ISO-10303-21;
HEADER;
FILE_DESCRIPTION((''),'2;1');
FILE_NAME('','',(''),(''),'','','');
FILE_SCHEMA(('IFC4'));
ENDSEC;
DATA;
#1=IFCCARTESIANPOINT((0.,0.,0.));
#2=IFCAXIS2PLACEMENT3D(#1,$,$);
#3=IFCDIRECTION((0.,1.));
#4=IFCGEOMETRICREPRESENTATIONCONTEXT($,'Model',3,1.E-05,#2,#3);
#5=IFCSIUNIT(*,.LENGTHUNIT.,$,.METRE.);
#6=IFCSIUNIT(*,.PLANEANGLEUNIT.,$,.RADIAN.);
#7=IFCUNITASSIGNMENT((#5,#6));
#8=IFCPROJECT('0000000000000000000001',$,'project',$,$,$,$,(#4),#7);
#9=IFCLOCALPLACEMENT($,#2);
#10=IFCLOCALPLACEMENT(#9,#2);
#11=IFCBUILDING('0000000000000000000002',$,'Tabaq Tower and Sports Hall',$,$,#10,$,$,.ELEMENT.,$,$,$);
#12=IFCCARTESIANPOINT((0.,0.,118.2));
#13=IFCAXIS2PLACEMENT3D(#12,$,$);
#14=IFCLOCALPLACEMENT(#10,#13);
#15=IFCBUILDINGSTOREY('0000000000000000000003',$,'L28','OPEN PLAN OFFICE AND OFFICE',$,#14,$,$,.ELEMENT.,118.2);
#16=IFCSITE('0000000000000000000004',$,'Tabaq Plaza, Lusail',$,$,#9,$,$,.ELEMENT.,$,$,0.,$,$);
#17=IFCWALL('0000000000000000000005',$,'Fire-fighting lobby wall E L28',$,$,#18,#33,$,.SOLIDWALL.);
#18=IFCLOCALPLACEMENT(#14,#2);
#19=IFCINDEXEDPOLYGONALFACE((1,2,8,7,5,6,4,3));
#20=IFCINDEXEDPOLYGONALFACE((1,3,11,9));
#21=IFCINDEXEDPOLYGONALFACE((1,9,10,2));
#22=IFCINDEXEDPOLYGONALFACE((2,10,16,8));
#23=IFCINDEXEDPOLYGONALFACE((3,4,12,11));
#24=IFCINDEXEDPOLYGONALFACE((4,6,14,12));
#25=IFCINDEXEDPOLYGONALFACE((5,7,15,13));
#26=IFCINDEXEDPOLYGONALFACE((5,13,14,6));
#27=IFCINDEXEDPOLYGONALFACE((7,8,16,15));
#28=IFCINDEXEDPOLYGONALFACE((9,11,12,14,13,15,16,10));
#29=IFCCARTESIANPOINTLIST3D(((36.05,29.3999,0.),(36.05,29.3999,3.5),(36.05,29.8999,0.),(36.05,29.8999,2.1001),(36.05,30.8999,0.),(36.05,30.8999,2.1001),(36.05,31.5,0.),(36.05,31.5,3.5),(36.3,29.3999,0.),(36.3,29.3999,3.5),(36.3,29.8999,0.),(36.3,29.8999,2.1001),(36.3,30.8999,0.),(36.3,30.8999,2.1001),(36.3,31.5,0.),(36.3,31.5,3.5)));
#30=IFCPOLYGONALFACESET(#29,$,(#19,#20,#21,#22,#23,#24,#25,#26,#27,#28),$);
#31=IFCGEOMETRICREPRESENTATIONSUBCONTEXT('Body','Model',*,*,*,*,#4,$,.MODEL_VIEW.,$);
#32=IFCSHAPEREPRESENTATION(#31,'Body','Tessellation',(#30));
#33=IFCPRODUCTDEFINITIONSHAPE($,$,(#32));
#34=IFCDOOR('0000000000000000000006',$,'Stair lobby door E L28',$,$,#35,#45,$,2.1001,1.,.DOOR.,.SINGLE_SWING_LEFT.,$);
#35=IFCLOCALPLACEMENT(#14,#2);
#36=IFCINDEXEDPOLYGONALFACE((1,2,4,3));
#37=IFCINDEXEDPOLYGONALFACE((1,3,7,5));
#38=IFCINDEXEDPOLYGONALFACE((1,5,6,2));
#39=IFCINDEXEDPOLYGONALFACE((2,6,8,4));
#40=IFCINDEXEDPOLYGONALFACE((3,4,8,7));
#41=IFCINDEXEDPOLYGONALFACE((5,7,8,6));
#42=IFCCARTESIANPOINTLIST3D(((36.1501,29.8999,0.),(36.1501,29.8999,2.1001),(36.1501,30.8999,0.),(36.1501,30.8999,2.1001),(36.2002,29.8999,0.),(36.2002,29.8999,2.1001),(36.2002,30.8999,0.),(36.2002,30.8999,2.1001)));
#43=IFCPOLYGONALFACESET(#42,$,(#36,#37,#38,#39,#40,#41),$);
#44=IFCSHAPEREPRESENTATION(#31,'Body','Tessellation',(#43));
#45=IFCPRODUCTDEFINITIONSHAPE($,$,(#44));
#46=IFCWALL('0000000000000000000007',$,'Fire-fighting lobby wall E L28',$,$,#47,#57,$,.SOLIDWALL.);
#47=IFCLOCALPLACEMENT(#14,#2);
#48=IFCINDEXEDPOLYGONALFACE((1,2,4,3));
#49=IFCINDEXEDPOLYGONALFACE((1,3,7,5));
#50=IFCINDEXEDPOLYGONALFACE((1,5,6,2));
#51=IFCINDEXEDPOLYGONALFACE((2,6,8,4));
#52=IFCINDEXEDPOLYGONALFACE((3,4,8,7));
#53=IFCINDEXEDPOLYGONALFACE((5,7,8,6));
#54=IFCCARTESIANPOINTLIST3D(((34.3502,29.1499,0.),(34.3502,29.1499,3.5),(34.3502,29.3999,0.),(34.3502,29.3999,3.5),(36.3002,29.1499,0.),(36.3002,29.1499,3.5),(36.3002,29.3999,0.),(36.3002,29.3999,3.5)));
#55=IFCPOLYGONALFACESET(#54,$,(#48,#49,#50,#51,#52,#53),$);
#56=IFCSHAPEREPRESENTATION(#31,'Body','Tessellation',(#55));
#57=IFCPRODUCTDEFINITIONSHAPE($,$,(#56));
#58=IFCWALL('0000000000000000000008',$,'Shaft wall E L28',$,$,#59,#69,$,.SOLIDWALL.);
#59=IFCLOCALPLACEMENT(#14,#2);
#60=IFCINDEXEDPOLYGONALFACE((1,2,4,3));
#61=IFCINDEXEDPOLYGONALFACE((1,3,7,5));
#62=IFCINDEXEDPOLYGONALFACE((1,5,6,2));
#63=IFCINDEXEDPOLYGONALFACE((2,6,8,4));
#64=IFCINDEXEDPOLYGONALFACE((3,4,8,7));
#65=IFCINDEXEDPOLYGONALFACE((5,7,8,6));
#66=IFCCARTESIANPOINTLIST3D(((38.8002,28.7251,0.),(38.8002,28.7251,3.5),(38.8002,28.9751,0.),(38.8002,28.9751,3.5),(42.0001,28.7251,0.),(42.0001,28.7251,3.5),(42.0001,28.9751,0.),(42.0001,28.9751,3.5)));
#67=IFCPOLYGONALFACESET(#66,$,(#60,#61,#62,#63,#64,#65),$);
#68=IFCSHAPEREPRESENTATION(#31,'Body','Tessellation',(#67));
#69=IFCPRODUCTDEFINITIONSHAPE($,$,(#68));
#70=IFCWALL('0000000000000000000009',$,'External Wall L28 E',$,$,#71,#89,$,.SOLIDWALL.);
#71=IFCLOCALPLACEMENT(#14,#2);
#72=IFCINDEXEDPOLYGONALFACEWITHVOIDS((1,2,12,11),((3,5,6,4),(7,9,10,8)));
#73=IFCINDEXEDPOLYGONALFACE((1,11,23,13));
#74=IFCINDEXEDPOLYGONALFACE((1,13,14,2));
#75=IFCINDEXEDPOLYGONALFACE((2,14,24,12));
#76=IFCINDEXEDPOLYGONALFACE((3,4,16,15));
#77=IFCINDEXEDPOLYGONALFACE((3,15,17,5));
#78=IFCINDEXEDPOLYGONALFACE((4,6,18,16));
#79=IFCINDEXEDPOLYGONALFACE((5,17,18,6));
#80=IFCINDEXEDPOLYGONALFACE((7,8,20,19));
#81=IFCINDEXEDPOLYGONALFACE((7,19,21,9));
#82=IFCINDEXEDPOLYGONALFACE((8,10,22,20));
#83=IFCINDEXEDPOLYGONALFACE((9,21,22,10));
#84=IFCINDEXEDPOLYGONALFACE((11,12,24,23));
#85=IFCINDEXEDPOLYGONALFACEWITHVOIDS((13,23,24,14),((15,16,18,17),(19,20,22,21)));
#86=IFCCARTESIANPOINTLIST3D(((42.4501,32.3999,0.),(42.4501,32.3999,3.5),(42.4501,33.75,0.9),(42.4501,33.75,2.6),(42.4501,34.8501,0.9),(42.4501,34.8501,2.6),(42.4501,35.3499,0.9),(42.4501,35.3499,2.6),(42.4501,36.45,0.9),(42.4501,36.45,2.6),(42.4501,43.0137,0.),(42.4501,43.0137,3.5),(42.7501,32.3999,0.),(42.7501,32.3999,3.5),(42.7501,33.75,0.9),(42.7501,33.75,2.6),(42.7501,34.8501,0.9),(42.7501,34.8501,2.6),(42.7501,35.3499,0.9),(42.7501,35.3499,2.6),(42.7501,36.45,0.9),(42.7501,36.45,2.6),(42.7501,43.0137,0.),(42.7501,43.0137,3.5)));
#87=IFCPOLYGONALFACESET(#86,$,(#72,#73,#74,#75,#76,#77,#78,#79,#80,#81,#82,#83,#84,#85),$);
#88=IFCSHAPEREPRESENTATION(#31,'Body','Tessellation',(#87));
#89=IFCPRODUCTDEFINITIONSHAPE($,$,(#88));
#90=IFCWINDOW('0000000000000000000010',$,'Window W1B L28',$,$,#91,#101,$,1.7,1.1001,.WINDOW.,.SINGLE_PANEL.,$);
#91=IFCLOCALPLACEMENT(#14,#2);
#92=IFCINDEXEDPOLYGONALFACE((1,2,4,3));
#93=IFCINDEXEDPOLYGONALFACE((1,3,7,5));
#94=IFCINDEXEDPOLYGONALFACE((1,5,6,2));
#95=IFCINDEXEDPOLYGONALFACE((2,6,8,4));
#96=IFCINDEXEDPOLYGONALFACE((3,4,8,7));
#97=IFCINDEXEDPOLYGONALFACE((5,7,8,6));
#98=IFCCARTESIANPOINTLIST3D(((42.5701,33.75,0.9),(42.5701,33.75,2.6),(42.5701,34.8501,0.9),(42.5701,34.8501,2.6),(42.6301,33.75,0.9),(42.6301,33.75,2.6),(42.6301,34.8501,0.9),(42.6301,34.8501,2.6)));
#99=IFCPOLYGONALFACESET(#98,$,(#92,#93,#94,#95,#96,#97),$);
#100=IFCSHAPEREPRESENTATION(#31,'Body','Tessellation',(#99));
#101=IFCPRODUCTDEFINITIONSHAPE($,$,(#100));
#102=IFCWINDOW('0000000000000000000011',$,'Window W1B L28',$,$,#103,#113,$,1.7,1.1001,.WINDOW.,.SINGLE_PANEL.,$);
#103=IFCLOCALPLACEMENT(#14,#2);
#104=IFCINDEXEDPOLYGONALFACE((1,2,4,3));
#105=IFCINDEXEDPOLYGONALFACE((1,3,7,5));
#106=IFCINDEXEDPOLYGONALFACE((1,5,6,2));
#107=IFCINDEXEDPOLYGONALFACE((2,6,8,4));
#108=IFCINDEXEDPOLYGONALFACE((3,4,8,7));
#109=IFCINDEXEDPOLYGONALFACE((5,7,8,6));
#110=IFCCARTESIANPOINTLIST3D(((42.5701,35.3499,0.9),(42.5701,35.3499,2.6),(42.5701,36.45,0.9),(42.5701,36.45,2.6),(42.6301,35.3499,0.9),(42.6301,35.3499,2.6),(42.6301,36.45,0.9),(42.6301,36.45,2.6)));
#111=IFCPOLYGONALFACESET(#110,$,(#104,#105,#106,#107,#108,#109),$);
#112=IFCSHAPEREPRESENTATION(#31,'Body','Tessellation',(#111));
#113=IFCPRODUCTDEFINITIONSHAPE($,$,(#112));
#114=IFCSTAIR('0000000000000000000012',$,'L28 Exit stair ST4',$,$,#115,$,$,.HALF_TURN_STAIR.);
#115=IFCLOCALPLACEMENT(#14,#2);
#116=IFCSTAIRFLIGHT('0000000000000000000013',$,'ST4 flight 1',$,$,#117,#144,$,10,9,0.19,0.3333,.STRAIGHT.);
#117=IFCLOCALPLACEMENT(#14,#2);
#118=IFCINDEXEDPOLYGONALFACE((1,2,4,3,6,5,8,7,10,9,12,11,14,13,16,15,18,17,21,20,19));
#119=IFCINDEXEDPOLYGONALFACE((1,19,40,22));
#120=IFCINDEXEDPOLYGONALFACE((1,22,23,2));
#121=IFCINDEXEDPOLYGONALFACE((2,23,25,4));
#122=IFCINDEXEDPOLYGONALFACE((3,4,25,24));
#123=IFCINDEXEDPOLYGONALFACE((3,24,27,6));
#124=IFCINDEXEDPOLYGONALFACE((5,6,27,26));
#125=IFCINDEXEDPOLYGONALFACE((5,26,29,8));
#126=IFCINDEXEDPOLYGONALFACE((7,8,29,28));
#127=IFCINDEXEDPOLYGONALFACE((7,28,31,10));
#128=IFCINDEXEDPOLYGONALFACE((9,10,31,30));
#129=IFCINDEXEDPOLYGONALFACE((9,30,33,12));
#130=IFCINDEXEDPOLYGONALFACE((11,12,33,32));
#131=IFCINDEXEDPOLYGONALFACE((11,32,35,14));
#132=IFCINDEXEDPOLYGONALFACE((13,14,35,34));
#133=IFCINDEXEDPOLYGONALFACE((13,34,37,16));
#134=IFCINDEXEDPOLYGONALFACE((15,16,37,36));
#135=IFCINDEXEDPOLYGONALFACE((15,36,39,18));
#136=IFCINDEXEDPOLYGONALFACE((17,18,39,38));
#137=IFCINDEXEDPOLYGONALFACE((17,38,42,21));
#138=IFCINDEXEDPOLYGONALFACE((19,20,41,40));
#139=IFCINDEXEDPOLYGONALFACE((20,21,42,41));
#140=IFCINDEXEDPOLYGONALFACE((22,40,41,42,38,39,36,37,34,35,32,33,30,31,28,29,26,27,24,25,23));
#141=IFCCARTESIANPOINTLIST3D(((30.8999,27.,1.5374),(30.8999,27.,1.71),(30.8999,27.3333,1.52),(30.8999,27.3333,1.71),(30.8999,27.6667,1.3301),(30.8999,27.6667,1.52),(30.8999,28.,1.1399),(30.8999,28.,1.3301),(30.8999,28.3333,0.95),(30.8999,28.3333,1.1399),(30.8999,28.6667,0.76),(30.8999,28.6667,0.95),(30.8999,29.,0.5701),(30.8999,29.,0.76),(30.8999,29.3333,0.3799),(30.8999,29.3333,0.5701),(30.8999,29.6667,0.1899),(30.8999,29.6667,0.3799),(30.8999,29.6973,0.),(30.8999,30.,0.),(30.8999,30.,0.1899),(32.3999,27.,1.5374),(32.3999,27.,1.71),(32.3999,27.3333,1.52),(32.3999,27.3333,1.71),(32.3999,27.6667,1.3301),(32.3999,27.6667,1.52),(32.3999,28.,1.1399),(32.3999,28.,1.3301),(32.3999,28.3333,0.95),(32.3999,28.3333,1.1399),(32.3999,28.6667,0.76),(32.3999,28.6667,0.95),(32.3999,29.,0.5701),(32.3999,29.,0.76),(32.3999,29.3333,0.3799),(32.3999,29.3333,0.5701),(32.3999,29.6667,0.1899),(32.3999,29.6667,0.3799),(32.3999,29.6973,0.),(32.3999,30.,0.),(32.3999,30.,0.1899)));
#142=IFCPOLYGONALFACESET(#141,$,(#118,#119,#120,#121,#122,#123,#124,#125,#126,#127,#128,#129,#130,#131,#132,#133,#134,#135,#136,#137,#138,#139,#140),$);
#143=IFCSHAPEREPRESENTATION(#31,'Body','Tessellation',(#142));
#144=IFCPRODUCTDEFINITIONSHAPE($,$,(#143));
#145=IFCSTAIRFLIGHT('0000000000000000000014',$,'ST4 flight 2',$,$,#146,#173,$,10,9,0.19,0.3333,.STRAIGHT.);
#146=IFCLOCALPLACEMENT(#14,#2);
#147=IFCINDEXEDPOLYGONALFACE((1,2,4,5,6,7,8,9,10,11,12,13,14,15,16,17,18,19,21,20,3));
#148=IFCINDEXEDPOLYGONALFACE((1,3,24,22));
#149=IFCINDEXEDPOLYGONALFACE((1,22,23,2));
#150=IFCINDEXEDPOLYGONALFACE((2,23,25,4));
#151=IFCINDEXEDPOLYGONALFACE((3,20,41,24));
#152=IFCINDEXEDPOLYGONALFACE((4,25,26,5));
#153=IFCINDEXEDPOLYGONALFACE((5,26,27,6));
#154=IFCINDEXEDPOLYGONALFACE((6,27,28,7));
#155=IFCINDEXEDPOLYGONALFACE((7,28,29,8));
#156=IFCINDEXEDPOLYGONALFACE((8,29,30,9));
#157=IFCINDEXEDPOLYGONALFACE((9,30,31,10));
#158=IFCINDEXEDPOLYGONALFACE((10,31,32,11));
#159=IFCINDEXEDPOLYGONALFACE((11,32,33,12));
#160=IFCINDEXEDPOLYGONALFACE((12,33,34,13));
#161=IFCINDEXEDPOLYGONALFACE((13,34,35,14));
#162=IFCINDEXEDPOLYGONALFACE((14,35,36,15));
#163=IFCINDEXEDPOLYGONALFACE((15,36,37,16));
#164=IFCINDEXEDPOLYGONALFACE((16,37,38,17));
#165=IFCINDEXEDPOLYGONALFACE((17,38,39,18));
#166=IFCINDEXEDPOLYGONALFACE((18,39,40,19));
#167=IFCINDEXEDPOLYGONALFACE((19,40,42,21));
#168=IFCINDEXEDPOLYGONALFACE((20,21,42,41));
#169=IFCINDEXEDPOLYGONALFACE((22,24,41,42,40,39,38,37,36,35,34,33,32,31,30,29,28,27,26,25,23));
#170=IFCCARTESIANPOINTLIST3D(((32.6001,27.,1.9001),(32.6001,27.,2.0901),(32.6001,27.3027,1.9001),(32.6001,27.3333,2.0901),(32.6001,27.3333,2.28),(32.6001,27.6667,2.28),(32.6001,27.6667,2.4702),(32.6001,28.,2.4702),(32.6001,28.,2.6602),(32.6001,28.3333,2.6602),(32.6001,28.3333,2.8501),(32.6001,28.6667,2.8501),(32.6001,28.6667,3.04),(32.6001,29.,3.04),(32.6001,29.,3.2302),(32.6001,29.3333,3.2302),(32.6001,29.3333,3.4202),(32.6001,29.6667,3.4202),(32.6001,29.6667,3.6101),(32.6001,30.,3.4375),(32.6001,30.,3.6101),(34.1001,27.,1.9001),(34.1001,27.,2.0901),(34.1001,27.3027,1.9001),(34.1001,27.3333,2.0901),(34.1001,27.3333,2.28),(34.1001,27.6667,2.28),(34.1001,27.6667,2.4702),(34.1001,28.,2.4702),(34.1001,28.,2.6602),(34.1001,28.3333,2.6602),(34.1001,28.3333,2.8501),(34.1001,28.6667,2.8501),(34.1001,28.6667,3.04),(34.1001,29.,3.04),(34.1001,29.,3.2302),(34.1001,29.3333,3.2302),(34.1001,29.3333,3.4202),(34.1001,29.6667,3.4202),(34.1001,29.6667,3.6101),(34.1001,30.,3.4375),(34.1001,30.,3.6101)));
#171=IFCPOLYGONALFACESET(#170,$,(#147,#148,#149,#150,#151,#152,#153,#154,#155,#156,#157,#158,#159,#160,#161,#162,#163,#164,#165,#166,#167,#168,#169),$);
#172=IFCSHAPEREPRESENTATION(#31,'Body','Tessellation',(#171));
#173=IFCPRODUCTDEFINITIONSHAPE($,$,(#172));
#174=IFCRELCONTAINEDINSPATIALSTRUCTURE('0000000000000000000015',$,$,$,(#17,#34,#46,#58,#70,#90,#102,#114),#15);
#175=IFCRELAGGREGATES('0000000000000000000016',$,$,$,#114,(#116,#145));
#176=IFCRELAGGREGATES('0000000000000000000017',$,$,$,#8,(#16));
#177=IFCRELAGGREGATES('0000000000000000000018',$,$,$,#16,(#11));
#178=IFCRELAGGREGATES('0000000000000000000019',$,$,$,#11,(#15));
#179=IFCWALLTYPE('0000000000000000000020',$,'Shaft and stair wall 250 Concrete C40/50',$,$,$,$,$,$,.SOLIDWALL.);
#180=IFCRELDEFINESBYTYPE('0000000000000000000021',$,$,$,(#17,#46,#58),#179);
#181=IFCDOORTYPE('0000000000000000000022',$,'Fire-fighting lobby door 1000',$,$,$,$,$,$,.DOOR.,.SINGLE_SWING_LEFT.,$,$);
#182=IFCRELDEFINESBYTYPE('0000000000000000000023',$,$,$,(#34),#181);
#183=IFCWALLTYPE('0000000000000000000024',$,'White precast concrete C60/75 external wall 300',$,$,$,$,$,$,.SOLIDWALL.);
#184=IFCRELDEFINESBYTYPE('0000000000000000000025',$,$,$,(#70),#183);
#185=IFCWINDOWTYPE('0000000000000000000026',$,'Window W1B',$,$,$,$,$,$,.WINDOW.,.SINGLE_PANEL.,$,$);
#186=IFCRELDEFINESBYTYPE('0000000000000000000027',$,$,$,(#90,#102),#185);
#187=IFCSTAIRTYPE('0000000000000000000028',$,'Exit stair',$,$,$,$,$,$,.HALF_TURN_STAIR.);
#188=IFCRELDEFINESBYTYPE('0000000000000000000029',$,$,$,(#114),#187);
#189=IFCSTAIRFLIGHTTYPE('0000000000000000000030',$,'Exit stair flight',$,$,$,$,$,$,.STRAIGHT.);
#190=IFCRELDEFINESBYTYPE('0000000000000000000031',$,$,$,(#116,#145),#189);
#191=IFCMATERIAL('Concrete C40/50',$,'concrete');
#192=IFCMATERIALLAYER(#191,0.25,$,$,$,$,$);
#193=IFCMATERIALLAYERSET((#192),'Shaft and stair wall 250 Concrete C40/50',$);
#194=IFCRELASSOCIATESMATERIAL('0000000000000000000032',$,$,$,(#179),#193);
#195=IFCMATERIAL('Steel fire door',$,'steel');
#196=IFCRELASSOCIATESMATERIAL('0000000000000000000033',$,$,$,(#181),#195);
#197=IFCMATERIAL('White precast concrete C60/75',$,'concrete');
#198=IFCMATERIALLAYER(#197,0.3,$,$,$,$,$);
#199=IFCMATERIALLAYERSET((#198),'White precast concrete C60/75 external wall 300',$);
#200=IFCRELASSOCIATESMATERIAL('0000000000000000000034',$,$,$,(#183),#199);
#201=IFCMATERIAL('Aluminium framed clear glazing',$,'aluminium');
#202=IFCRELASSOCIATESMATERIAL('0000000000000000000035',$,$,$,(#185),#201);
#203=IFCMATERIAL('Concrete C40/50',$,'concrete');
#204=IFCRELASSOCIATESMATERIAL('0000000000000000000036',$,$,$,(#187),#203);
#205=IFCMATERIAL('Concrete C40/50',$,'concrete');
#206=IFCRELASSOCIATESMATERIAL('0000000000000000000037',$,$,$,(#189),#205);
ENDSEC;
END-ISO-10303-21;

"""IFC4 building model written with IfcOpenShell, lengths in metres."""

from ifc_helpers import new_model, si_unit, direction, frame, frame_2d, origin, place, context, subcontext, project, spatial, polyline, rectangle, outline, extrude, material, layer, layer_set, type_object, element, fill, aggregate, save


model = new_model("IFC4")

# Units and contexts
model_context = context("Model", 3, precision=1e-05, world=origin(), true_north=direction((0.0, 1.0)))
body_context = subcontext(model_context, "Body", "Model", "MODEL_VIEW")
ifc_project = project(units=[si_unit("LENGTHUNIT", "METRE"), si_unit("PLANEANGLEUNIT", "RADIAN")], contexts=[model_context])

# Site, building, storey
site_placement = place(None, origin())
site = spatial("IfcSite", under=ifc_project, at=site_placement, Name="Tabaq Plaza, Lusail", CompositionType="ELEMENT", RefElevation=0.0)
building_placement = place(site_placement, origin())
building = spatial("IfcBuilding", under=site, at=building_placement, Name="Tabaq Tower and Sports Hall", CompositionType="ELEMENT")
storey_placement = place(building_placement, frame((0.0, 0.0, 118.2)))
storey = spatial("IfcBuildingStorey", under=building, at=storey_placement, Name="L28", Description="OPEN PLAN OFFICE AND OFFICE", CompositionType="ELEMENT", Elevation=118.2)

# Shared definitions
ifc_material_1 = material(Name="Concrete C40/50", Category="concrete")
ifc_layer_1 = layer(ifc_material_1, 0.25)
ifc_layer_set_1 = layer_set([ifc_layer_1], Name="Shaft and stair wall 250 Concrete C40/50")
wall_type_1 = type_object("IfcWallType", Name="Shaft and stair wall 250 Concrete C40/50", PredefinedType="SOLIDWALL", material=ifc_layer_set_1)

# Wall, opening, door
wall_1_placement = place(storey_placement, frame((36.175, 29.3999, 0.0), z_axis=(0.0, 0.0, 1.0), x_axis=(0.0, 1.0, 0.0)))
wall_1 = element("IfcWall", 1, at=wall_1_placement, inside=storey, type_object=wall_type_1, Name="Fire-fighting lobby wall E L28", PredefinedType="SOLIDWALL", context=body_context, shape_type="SweptSolid", body=[
    extrude(rectangle(XDim=2.1001, YDim=0.25, at=frame_2d((1.05, 0.0))), origin(), (0.0, 0.0, 1.0), 3.5),
])
opening_1_placement = place(wall_1_placement, frame((0.5, 0.0, 0.0)))
opening_1 = element("IfcOpeningElement", 2, at=opening_1_placement, cuts=wall_1, PredefinedType="OPENING", context=body_context, shape_type="SweptSolid", body=[
    extrude(rectangle(XDim=1.0, YDim=2.1001, at=frame_2d((0.5, 1.05))), frame((0.0, 0.125, 0.0), z_axis=(0.0, -1.0, 0.0), x_axis=(1.0, 0.0, 0.0)), (0.0, 0.0, 1.0), 0.25),
])
ifc_material_2 = material(Name="Steel fire door", Category="steel")
door_type_1 = type_object("IfcDoorType", Name="Fire-fighting lobby door 1000", OperationType="SINGLE_SWING_LEFT", PredefinedType="DOOR", material=ifc_material_2)
door_1_placement = place(opening_1_placement, origin())
door_1 = element("IfcDoor", 3, at=door_1_placement, inside=storey, type_object=door_type_1, Name="Stair lobby door E L28", OperationType="SINGLE_SWING_LEFT", OverallHeight=2.1001, OverallWidth=1.0, PredefinedType="DOOR", context=body_context, shape_type="SweptSolid", body=[
    extrude(rectangle(XDim=1.0, YDim=2.1001, at=frame_2d((0.5, 1.05))), frame((0.0, 0.0249, 0.0), z_axis=(0.0, -1.0, 0.0), x_axis=(1.0, 0.0, 0.0)), (0.0, 0.0, 1.0), 0.05),
])
fill(opening_1, door_1)

# Walls
wall_2_placement = place(storey_placement, frame((34.3501, 29.2749, 0.0), z_axis=(0.0, 0.0, 1.0), x_axis=(1.0, 0.0, 0.0)))
element("IfcWall", 4, at=wall_2_placement, inside=storey, type_object=wall_type_1, Name="Fire-fighting lobby wall E L28", PredefinedType="SOLIDWALL", context=body_context, shape_type="SweptSolid", body=[
    extrude(rectangle(XDim=1.95, YDim=0.25, at=frame_2d((0.9751, 0.0))), origin(), (0.0, 0.0, 1.0), 3.5),
])
wall_3_placement = place(storey_placement, frame((38.8, 28.8501, 0.0), z_axis=(0.0, 0.0, 1.0), x_axis=(1.0, 0.0, 0.0)))
element("IfcWall", 5, at=wall_3_placement, inside=storey, type_object=wall_type_1, Name="Shaft wall E L28", PredefinedType="SOLIDWALL", context=body_context, shape_type="SweptSolid", body=[
    extrude(rectangle(XDim=3.2, YDim=0.25, at=frame_2d((1.6001, 0.0))), origin(), (0.0, 0.0, 1.0), 3.5),
])

# Wall, openings, windows
ifc_material_3 = material(Name="White precast concrete C60/75", Category="concrete")
ifc_layer_2 = layer(ifc_material_3, 0.3)
ifc_layer_set_2 = layer_set([ifc_layer_2], Name="White precast concrete C60/75 external wall 300")
wall_type_2 = type_object("IfcWallType", Name="White precast concrete C60/75 external wall 300", PredefinedType="SOLIDWALL", material=ifc_layer_set_2)
wall_4_placement = place(storey_placement, frame((42.6001, 32.3999, 0.0), z_axis=(0.0, 0.0, 1.0), x_axis=(0.0, 1.0, 0.0)))
wall_4 = element("IfcWall", 6, at=wall_4_placement, inside=storey, type_object=wall_type_2, Name="External Wall L28 E", PredefinedType="SOLIDWALL", context=body_context, shape_type="SweptSolid", body=[
    extrude(rectangle(XDim=10.6138, YDim=0.3, at=frame_2d((5.3069, 0.0))), origin(), (0.0, 0.0, 1.0), 3.5),
])
opening_2_placement = place(wall_4_placement, frame((1.3501, 0.0, 0.8999)))
opening_2 = element("IfcOpeningElement", 7, at=opening_2_placement, cuts=wall_4, PredefinedType="OPENING", context=body_context, shape_type="SweptSolid", body=[
    extrude(rectangle(XDim=1.1001, YDim=1.7, at=frame_2d((0.55, 0.8501))), frame((0.0, 0.1602, 0.0), z_axis=(0.0, -1.0, 0.0), x_axis=(1.0, 0.0, 0.0)), (0.0, 0.0, 1.0), 0.3201),
])
opening_3_placement = place(wall_4_placement, frame((2.95, 0.0, 0.8999)))
opening_3 = element("IfcOpeningElement", 8, at=opening_3_placement, cuts=wall_4, PredefinedType="OPENING", context=body_context, shape_type="SweptSolid", body=[
    extrude(rectangle(XDim=1.1001, YDim=1.7, at=frame_2d((0.55, 0.8501))), frame((0.0, 0.1602, 0.0), z_axis=(0.0, -1.0, 0.0), x_axis=(1.0, 0.0, 0.0)), (0.0, 0.0, 1.0), 0.3201),
])
ifc_material_4 = material(Name="Aluminium framed clear glazing", Category="aluminium")
window_type = type_object("IfcWindowType", Name="Window W1B", PartitioningType="SINGLE_PANEL", PredefinedType="WINDOW", material=ifc_material_4)
window_1_placement = place(opening_2_placement, origin())
window_1 = element("IfcWindow", 9, at=window_1_placement, inside=storey, type_object=window_type, Name="Window W1B L28", OverallHeight=1.7, OverallWidth=1.1001, PartitioningType="SINGLE_PANEL", PredefinedType="WINDOW", context=body_context, shape_type="SweptSolid", body=[
    extrude(rectangle(XDim=1.1001, YDim=1.7, at=frame_2d((0.55, 0.8501))), frame((0.0, 0.03, 0.0), z_axis=(0.0, -1.0, 0.0), x_axis=(1.0, 0.0, 0.0)), (0.0, 0.0, 1.0), 0.0601),
])
fill(opening_2, window_1)
window_2_placement = place(opening_3_placement, origin())
window_2 = element("IfcWindow", 10, at=window_2_placement, inside=storey, type_object=window_type, Name="Window W1B L28", OverallHeight=1.7, OverallWidth=1.1001, PartitioningType="SINGLE_PANEL", PredefinedType="WINDOW", context=body_context, shape_type="SweptSolid", body=[
    extrude(rectangle(XDim=1.1001, YDim=1.7, at=frame_2d((0.55, 0.8501))), frame((0.0, 0.03, 0.0), z_axis=(0.0, -1.0, 0.0), x_axis=(1.0, 0.0, 0.0)), (0.0, 0.0, 1.0), 0.0601),
])
fill(opening_3, window_2)

# Stair, stair flights
ifc_material_5 = material(Name="Concrete C40/50", Category="concrete")
stair_type = type_object("IfcStairType", Name="Exit stair", PredefinedType="HALF_TURN_STAIR", material=ifc_material_5)
stair_placement = place(storey_placement, origin())
stair = element("IfcStair", 11, at=stair_placement, inside=storey, type_object=stair_type, Name="L28 Exit stair ST4", PredefinedType="HALF_TURN_STAIR")
ifc_material_6 = material(Name="Concrete C40/50", Category="concrete")
stair_flight_type = type_object("IfcStairFlightType", Name="Exit stair flight", PredefinedType="STRAIGHT", material=ifc_material_6)
stair_flight_1_placement = place(storey_placement, frame((31.6499, 30.0, 0.0), z_axis=(0.0, 0.0, 1.0), x_axis=(0.0, -1.0, 0.0)))
stair_flight_1 = element("IfcStairFlight", 12, at=stair_flight_1_placement, type_object=stair_flight_type, Name="ST4 flight 1", NumberOfRisers=10, NumberOfTreads=9, PredefinedType="STRAIGHT", RiserHeight=0.19, TreadLength=0.3333, context=body_context, shape_type="SweptSolid", body=[
    extrude(outline(polyline([(0.0, 0.0), (0.0, 0.1899), (0.3333, 0.1899), (0.3333, 0.3799), (0.6667, 0.3799), (0.6667, 0.5701), (1.0, 0.5701), (1.0, 0.76), (1.3333, 0.76), (1.3333, 0.95), (1.6667, 0.95), (1.6667, 1.1399), (2.0, 1.1399), (2.0, 1.3301), (2.3333, 1.3301), (2.3333, 1.52), (2.6667, 1.52), (2.6667, 1.71), (3.0, 1.71), (3.0, 1.8999), (3.0, 1.5374), (0.3027, 0.0), (0.0, 0.0)])), frame((0.0, 0.75, 0.0), z_axis=(0.0, -1.0, 0.0), x_axis=(1.0, 0.0, 0.0)), (0.0, 0.0, 1.0), 1.5),
])
stair_flight_2_placement = place(storey_placement, frame((33.3501, 27.0, 1.9001), z_axis=(0.0, 0.0, 1.0), x_axis=(0.0, 1.0, 0.0)))
stair_flight_2 = element("IfcStairFlight", 13, at=stair_flight_2_placement, type_object=stair_flight_type, Name="ST4 flight 2", NumberOfRisers=10, NumberOfTreads=9, PredefinedType="STRAIGHT", RiserHeight=0.19, TreadLength=0.3333, context=body_context, shape_type="SweptSolid", body=[
    extrude(outline(polyline([(0.0, 0.0), (0.0, 0.1899), (0.3333, 0.1899), (0.3333, 0.3799), (0.6667, 0.3799), (0.6667, 0.5701), (1.0, 0.5701), (1.0, 0.76), (1.3333, 0.76), (1.3333, 0.95), (1.6667, 0.95), (1.6667, 1.1399), (2.0, 1.1399), (2.0, 1.3301), (2.3333, 1.3301), (2.3333, 1.52), (2.6667, 1.52), (2.6667, 1.71), (3.0, 1.71), (3.0, 1.8999), (3.0, 1.5374), (0.3027, 0.0), (0.0, 0.0)])), frame((0.0, 0.75, 0.0), z_axis=(0.0, -1.0, 0.0), x_axis=(1.0, 0.0, 0.0)), (0.0, 0.0, 1.0), 1.5),
])
aggregate(stair, [stair_flight_1, stair_flight_2])

save(model, "model.ifc")
